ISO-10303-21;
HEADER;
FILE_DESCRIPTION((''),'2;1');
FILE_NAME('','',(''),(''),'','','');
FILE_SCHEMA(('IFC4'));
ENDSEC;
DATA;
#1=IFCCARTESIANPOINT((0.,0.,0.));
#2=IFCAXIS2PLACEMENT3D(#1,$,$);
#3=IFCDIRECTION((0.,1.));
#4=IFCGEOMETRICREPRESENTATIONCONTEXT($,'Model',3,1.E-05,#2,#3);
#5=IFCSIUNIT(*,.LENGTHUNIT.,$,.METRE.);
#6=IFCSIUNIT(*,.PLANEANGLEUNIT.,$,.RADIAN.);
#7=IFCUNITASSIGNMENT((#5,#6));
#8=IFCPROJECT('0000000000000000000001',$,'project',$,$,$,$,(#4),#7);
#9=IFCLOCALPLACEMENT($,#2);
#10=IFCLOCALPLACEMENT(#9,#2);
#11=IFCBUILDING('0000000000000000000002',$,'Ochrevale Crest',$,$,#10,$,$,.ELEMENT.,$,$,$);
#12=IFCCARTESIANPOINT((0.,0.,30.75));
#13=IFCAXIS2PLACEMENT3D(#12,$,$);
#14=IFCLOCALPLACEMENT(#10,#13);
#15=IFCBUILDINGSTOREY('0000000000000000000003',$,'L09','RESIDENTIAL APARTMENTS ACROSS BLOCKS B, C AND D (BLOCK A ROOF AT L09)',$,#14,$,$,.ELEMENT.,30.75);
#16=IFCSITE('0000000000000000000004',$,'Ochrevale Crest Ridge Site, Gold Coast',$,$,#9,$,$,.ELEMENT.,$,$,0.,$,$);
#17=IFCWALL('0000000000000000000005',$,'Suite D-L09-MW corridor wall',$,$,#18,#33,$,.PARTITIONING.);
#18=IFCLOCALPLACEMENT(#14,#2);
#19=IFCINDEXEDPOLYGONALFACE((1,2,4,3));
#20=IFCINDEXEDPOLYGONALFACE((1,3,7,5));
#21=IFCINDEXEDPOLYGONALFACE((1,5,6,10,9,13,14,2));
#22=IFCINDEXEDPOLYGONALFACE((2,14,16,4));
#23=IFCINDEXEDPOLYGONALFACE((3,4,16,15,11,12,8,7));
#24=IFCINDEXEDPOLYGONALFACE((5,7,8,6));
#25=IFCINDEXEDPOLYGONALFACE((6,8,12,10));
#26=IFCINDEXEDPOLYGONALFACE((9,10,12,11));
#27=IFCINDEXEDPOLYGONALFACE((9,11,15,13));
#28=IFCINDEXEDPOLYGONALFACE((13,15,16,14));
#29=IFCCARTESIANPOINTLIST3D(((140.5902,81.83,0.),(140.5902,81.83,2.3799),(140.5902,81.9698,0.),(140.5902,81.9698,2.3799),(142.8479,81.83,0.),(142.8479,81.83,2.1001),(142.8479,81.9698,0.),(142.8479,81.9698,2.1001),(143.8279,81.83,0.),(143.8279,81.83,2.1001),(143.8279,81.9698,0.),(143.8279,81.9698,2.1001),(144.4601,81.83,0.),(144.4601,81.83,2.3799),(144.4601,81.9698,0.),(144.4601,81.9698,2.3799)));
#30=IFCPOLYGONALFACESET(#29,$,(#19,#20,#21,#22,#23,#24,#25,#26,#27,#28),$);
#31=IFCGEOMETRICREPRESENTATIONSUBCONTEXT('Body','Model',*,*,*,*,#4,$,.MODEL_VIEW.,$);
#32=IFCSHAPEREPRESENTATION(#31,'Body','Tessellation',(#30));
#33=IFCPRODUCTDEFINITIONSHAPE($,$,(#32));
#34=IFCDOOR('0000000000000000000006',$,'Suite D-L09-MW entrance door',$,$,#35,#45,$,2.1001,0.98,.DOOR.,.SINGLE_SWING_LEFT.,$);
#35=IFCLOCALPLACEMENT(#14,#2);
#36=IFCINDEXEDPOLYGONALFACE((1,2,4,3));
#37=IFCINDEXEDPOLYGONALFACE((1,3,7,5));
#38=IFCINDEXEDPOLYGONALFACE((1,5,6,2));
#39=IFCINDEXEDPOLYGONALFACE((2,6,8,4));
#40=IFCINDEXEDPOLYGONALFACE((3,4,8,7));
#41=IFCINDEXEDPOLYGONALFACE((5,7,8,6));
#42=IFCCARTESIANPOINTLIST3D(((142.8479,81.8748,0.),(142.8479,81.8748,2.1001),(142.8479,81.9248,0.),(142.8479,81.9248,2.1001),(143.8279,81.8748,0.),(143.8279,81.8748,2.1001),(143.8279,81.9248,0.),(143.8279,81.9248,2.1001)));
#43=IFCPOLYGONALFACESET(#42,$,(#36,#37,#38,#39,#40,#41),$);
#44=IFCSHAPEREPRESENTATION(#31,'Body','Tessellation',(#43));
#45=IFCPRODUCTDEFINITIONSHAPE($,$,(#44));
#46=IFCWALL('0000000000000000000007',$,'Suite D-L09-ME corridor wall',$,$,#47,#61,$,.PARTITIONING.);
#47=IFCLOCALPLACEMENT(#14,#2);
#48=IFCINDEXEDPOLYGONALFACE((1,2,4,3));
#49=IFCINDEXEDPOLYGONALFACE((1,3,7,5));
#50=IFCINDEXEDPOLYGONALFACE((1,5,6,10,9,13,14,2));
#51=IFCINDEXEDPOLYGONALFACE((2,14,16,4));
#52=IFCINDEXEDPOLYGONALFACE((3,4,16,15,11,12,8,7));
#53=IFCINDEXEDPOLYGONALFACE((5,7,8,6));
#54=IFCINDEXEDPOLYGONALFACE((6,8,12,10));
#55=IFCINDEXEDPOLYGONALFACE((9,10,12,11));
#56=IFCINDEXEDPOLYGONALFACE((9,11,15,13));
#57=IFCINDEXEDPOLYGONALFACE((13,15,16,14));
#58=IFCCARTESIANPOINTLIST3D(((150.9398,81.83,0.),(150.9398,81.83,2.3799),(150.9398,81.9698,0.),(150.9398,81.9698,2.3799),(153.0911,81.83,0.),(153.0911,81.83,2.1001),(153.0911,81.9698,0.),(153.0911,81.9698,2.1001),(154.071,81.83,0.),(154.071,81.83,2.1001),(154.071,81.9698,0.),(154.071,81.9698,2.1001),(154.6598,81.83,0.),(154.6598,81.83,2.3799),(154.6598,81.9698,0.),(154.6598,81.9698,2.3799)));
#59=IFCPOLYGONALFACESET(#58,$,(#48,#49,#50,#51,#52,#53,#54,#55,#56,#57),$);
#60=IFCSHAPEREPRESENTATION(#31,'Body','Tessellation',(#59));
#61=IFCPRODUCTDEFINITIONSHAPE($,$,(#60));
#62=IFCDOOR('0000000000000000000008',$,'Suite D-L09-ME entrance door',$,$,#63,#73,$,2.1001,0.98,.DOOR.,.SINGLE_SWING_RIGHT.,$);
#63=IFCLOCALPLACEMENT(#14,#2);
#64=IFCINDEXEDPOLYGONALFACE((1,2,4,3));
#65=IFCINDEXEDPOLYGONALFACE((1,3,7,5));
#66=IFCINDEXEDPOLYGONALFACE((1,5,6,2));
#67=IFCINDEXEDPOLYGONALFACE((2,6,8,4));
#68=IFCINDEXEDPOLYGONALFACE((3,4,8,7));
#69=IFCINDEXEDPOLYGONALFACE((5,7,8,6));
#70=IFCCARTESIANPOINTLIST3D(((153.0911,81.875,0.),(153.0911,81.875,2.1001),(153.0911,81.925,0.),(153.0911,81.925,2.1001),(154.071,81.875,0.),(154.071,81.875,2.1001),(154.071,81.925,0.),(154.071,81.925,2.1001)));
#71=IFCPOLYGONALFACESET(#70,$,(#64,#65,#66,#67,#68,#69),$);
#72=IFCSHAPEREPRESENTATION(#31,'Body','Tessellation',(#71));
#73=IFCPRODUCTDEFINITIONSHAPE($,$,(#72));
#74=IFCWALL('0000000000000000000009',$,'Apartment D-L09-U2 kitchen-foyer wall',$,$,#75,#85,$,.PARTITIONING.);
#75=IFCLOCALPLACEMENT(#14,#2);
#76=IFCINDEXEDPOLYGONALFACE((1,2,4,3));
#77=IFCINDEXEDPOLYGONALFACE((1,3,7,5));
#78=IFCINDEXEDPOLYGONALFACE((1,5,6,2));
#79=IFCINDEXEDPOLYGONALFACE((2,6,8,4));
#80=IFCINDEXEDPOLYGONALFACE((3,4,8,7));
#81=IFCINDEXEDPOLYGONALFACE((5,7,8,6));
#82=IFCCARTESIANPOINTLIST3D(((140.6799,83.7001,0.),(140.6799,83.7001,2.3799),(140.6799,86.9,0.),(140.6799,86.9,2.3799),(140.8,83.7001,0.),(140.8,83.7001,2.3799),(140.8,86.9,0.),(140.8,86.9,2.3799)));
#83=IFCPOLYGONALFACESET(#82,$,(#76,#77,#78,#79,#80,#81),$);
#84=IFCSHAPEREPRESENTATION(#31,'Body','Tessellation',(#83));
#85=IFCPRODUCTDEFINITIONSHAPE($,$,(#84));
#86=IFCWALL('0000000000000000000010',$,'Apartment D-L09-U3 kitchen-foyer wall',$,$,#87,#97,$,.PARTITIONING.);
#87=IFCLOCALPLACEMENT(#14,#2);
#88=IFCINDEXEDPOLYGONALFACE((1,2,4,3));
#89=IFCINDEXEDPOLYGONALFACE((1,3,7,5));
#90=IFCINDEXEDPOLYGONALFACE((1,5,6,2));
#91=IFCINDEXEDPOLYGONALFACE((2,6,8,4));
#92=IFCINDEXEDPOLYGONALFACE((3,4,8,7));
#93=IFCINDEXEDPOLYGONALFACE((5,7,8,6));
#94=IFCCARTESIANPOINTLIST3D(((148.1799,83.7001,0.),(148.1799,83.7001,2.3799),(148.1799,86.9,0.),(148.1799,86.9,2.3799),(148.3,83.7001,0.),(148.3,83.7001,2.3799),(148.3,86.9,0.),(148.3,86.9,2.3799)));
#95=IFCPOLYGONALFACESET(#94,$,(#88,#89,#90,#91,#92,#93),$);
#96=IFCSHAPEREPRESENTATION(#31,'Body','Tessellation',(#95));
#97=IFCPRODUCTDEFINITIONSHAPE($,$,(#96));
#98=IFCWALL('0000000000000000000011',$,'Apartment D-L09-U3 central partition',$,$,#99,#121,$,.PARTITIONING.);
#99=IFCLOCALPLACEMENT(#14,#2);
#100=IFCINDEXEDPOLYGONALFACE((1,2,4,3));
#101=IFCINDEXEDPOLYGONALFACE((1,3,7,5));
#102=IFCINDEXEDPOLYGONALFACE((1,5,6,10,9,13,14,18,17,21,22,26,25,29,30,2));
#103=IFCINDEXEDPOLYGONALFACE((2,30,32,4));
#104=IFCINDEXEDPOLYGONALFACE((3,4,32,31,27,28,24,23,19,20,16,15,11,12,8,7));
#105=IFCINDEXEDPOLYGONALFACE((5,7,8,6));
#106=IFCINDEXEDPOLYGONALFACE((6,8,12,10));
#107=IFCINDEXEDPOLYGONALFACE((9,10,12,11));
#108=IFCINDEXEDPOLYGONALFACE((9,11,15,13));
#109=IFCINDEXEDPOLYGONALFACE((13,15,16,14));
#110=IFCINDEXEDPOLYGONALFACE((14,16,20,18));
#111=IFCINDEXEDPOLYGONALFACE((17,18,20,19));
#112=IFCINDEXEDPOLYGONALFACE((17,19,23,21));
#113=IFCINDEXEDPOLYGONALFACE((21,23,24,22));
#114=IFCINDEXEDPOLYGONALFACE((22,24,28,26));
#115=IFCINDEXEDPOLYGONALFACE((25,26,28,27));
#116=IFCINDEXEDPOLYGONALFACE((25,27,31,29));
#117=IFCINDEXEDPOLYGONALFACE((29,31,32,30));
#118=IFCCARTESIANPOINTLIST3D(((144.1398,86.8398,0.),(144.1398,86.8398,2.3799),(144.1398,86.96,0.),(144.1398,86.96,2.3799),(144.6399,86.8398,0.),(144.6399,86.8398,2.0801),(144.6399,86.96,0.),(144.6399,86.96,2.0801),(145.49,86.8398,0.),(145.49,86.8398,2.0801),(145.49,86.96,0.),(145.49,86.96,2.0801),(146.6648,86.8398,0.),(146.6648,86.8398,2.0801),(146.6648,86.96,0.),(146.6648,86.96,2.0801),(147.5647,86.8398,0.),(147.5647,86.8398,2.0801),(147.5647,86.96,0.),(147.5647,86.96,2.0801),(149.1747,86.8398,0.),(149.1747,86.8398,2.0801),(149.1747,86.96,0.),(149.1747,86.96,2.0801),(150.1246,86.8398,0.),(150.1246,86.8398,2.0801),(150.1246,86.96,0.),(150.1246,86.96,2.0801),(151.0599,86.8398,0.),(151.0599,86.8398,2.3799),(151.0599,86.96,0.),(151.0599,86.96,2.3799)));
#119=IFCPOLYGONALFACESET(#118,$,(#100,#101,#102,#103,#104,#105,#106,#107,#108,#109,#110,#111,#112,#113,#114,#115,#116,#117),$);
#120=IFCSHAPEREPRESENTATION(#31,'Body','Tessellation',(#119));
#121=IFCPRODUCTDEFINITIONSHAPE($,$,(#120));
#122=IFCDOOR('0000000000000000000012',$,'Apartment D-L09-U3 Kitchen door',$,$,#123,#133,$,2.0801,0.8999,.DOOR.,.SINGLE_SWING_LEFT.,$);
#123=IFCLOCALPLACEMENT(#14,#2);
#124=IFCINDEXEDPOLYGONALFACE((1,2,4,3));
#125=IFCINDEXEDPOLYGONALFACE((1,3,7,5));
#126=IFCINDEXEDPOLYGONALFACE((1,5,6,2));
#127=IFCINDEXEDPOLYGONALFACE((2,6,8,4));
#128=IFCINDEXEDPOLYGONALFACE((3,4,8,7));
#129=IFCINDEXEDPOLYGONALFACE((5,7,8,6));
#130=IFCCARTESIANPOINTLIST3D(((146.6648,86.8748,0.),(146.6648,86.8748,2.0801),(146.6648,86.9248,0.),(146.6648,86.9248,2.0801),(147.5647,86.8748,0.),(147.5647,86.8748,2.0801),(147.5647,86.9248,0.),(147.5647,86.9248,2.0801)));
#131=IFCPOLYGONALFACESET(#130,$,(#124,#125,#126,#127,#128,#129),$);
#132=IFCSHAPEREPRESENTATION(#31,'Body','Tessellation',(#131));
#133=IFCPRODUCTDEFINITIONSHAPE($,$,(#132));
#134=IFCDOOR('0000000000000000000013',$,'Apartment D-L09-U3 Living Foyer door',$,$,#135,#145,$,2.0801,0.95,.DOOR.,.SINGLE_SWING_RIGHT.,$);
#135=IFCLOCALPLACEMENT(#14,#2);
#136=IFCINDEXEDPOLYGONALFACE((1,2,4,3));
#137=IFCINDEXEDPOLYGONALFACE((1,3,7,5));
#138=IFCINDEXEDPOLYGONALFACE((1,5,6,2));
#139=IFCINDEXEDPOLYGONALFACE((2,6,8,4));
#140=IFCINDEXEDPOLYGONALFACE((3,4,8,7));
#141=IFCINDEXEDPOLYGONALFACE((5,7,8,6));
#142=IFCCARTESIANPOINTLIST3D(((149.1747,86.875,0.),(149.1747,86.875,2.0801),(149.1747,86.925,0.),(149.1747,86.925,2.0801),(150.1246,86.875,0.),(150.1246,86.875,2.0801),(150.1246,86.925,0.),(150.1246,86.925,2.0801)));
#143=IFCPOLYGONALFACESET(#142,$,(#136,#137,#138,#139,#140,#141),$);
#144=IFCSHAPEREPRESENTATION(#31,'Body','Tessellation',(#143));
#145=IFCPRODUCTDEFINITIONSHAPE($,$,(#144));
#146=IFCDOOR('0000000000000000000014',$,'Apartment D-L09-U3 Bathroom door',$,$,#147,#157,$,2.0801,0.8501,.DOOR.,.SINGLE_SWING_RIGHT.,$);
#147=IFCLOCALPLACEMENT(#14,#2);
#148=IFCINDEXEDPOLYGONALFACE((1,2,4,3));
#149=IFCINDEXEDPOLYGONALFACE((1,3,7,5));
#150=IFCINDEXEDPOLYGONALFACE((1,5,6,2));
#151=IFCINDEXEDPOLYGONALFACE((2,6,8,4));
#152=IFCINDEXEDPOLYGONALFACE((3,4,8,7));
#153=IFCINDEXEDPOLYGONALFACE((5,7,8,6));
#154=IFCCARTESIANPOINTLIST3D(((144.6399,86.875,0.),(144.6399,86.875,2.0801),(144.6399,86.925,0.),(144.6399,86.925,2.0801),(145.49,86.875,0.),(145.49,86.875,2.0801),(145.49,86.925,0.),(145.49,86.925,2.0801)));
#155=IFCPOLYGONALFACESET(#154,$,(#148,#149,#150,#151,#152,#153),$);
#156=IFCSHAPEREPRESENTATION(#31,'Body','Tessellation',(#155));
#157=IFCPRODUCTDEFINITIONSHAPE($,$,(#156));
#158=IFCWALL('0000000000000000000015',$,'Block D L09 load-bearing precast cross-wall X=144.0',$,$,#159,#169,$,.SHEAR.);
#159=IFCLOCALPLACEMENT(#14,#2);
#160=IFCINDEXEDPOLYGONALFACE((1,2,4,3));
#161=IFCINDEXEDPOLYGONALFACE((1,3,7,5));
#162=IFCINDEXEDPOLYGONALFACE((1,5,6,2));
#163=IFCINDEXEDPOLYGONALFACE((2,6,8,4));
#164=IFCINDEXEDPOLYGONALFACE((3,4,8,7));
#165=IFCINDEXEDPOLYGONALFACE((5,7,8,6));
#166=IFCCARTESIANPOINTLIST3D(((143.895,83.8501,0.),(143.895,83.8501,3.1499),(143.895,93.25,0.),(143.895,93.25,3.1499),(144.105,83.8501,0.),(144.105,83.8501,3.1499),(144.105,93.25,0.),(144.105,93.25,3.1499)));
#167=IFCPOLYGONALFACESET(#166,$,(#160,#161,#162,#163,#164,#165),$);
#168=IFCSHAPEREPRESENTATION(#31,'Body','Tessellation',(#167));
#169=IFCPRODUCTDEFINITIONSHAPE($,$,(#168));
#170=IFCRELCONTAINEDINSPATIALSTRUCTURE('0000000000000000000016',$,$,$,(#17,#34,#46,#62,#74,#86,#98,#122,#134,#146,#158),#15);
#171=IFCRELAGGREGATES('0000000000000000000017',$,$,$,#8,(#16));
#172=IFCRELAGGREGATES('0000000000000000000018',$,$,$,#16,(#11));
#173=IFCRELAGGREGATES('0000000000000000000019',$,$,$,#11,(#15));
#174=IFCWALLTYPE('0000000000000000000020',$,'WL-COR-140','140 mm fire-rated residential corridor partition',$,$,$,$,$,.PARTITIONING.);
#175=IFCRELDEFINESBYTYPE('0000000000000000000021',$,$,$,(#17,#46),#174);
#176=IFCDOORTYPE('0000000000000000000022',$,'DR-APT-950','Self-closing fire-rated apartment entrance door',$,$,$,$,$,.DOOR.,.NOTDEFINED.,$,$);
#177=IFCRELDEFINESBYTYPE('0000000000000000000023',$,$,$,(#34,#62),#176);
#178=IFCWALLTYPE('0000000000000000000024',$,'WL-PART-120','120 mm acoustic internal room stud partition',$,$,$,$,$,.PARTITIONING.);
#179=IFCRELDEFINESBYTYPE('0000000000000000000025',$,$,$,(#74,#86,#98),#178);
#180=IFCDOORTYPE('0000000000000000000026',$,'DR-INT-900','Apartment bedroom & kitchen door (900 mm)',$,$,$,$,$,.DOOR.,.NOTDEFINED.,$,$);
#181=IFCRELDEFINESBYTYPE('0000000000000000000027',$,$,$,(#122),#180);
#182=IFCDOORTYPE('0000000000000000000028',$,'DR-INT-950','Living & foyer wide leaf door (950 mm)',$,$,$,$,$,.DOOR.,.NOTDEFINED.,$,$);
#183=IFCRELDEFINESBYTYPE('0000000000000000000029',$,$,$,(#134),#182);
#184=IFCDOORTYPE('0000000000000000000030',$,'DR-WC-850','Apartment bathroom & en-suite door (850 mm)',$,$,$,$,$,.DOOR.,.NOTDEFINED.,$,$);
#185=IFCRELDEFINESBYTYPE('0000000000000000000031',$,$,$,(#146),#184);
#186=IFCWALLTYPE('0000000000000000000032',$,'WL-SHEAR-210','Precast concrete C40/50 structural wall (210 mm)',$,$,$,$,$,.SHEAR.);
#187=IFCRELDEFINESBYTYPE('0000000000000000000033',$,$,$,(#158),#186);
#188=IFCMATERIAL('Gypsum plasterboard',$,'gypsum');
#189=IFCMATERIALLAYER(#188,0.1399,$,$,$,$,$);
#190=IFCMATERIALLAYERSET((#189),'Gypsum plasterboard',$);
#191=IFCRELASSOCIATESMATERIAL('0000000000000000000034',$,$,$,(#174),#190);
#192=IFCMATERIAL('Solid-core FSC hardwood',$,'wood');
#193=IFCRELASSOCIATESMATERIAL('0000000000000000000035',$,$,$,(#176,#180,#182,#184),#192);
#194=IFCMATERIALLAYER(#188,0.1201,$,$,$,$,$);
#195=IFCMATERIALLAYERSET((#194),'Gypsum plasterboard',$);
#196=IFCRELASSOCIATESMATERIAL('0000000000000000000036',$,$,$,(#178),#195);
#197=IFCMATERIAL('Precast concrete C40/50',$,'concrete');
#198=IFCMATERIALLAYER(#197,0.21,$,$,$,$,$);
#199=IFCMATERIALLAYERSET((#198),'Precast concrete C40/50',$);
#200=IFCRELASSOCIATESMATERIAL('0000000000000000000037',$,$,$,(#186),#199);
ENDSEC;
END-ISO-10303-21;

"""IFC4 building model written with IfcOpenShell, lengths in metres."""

from ifc_helpers import new_model, si_unit, direction, frame, frame_2d, origin, place, context, subcontext, project, spatial, rectangle, extrude, material, layer, layer_set, type_object, element, fill, save


model = new_model("IFC4")

# Units and contexts
model_context = context("Model", 3, precision=1e-05, world=origin(), true_north=direction((0.0, 1.0)))
body_context = subcontext(model_context, "Body", "Model", "MODEL_VIEW")
ifc_project = project(units=[si_unit("LENGTHUNIT", "METRE"), si_unit("PLANEANGLEUNIT", "RADIAN")], contexts=[model_context])

# Site, building, storey
site_placement = place(None, origin())
site = spatial("IfcSite", under=ifc_project, at=site_placement, Name="Ochrevale Crest Ridge Site, Gold Coast", CompositionType="ELEMENT", RefElevation=0.0)
building_placement = place(site_placement, origin())
building = spatial("IfcBuilding", under=site, at=building_placement, Name="Ochrevale Crest", CompositionType="ELEMENT")
storey_placement = place(building_placement, frame((0.0, 0.0, 30.75)))
storey = spatial("IfcBuildingStorey", under=building, at=storey_placement, Name="L09", Description="RESIDENTIAL APARTMENTS ACROSS BLOCKS B, C AND D (BLOCK A ROOF AT L09)", CompositionType="ELEMENT", Elevation=30.75)

# Walls, openings, doors
ifc_material_1 = material(Name="Gypsum plasterboard", Category="gypsum")
ifc_layer_1 = layer(ifc_material_1, 0.1399)
ifc_layer_set_1 = layer_set([ifc_layer_1], Name="Gypsum plasterboard")
wall_type_1 = type_object("IfcWallType", Name="WL-COR-140", Description="140 mm fire-rated residential corridor partition", PredefinedType="PARTITIONING", material=ifc_layer_set_1)
ifc_material_2 = material(Name="Solid-core FSC hardwood", Category="wood")
door_type_1 = type_object("IfcDoorType", Name="DR-APT-950", Description="Self-closing fire-rated apartment entrance door", OperationType="NOTDEFINED", PredefinedType="DOOR", material=ifc_material_2)
wall_1_placement = place(storey_placement, frame((140.5901, 81.8999, 0.0), z_axis=(0.0, 0.0, 1.0), x_axis=(1.0, 0.0, 0.0)))
wall_1 = element("IfcWall", 1, at=wall_1_placement, inside=storey, type_object=wall_type_1, Name="Suite D-L09-MW corridor wall", PredefinedType="PARTITIONING", context=body_context, shape_type="SweptSolid", body=[
    extrude(rectangle(XDim=3.8699, YDim=0.1399, at=frame_2d((1.9351, 0.0))), origin(), (0.0, 0.0, 1.0), 2.3799),
])
opening_1_placement = place(wall_1_placement, frame((2.2578, 0.0, 0.0)))
opening_1 = element("IfcOpeningElement", 2, at=opening_1_placement, cuts=wall_1, PredefinedType="OPENING", context=body_context, shape_type="SweptSolid", body=[
    extrude(rectangle(XDim=0.98, YDim=2.1001, at=frame_2d((0.49, 1.05))), frame((0.0, 0.0801, 0.0), z_axis=(0.0, -1.0, 0.0), x_axis=(1.0, 0.0, 0.0)), (0.0, 0.0, 1.0), 0.1599),
])
door_1_placement = place(opening_1_placement, origin())
door_1 = element("IfcDoor", 3, at=door_1_placement, inside=storey, type_object=door_type_1, Name="Suite D-L09-MW entrance door", OperationType="SINGLE_SWING_LEFT", OverallHeight=2.1001, OverallWidth=0.98, PredefinedType="DOOR", context=body_context, shape_type="SweptSolid", body=[
    extrude(rectangle(XDim=0.98, YDim=2.1001, at=frame_2d((0.49, 1.05))), frame((0.0, 0.0249, 0.0), z_axis=(0.0, -1.0, 0.0), x_axis=(1.0, 0.0, 0.0)), (0.0, 0.0, 1.0), 0.05),
])
fill(opening_1, door_1)
wall_2_placement = place(storey_placement, frame((150.9399, 81.8999, 0.0), z_axis=(0.0, 0.0, 1.0), x_axis=(1.0, 0.0, 0.0)))
wall_2 = element("IfcWall", 4, at=wall_2_placement, inside=storey, type_object=wall_type_1, Name="Suite D-L09-ME corridor wall", PredefinedType="PARTITIONING", context=body_context, shape_type="SweptSolid", body=[
    extrude(rectangle(XDim=3.72, YDim=0.1399, at=frame_2d((1.8599, 0.0))), origin(), (0.0, 0.0, 1.0), 2.3799),
])
opening_2_placement = place(wall_2_placement, frame((3.1311, 0.0, 0.0), z_axis=(0.0, 0.0, 1.0), x_axis=(-1.0, 0.0, 0.0)))
opening_2 = element("IfcOpeningElement", 5, at=opening_2_placement, cuts=wall_2, PredefinedType="OPENING", context=body_context, shape_type="SweptSolid", body=[
    extrude(rectangle(XDim=0.98, YDim=2.1001, at=frame_2d((0.49, 1.05))), frame((0.0, 0.0801, 0.0), z_axis=(0.0, -1.0, 0.0), x_axis=(1.0, 0.0, 0.0)), (0.0, 0.0, 1.0), 0.1599),
])
door_2_placement = place(opening_2_placement, origin())
door_2 = element("IfcDoor", 6, at=door_2_placement, inside=storey, type_object=door_type_1, Name="Suite D-L09-ME entrance door", OperationType="SINGLE_SWING_RIGHT", OverallHeight=2.1001, OverallWidth=0.98, PredefinedType="DOOR", context=body_context, shape_type="SweptSolid", body=[
    extrude(rectangle(XDim=0.98, YDim=2.1001, at=frame_2d((0.49, 1.05))), frame((0.0, 0.0249, 0.0), z_axis=(0.0, -1.0, 0.0), x_axis=(1.0, 0.0, 0.0)), (0.0, 0.0, 1.0), 0.05),
])
fill(opening_2, door_2)

# Walls
ifc_layer_2 = layer(ifc_material_1, 0.1201)
ifc_layer_set_2 = layer_set([ifc_layer_2], Name="Gypsum plasterboard")
wall_type_2 = type_object("IfcWallType", Name="WL-PART-120", Description="120 mm acoustic internal room stud partition", PredefinedType="PARTITIONING", material=ifc_layer_set_2)
for number, where, z_axis, x_axis, name in (
    (7, (140.74, 83.7, 0.0), (0.0, 0.0, 1.0), (0.0, 1.0, 0.0), "Apartment D-L09-U2 kitchen-foyer wall"),
    (8, (148.24, 83.7, 0.0), (0.0, 0.0, 1.0), (0.0, 1.0, 0.0), "Apartment D-L09-U3 kitchen-foyer wall"),
):
    element("IfcWall", number, at=place(storey_placement, frame(where, z_axis=z_axis, x_axis=x_axis)), inside=storey, type_object=wall_type_2, Name=name, PredefinedType="PARTITIONING", context=body_context, shape_type="SweptSolid", body=[
        extrude(rectangle(XDim=3.2, YDim=0.1201, at=frame_2d((1.6001, 0.0))), origin(), (0.0, 0.0, 1.0), 2.3799),
    ])

# Wall, openings, doors
wall_3_placement = place(storey_placement, frame((144.1399, 86.8999, 0.0), z_axis=(0.0, 0.0, 1.0), x_axis=(1.0, 0.0, 0.0)))
wall_3 = element("IfcWall", 9, at=wall_3_placement, inside=storey, type_object=wall_type_2, Name="Apartment D-L09-U3 central partition", PredefinedType="PARTITIONING", context=body_context, shape_type="SweptSolid", body=[
    extrude(rectangle(XDim=6.9202, YDim=0.1201, at=frame_2d((3.46, 0.0))), origin(), (0.0, 0.0, 1.0), 2.3799),
])
opening_3_placement = place(wall_3_placement, frame((1.3501, 0.0, 0.0), z_axis=(0.0, 0.0, 1.0), x_axis=(-1.0, 0.0, 0.0)))
opening_3 = element("IfcOpeningElement", 10, at=opening_3_placement, cuts=wall_3, PredefinedType="OPENING", context=body_context, shape_type="SweptSolid", body=[
    extrude(rectangle(XDim=0.8501, YDim=2.0801, at=frame_2d((0.425, 1.04))), frame((0.0, 0.0701, 0.0), z_axis=(0.0, -1.0, 0.0), x_axis=(1.0, 0.0, 0.0)), (0.0, 0.0, 1.0), 0.1401),
])
opening_4_placement = place(wall_3_placement, frame((2.5249, 0.0, 0.0)))
opening_4 = element("IfcOpeningElement", 11, at=opening_4_placement, cuts=wall_3, PredefinedType="OPENING", context=body_context, shape_type="SweptSolid", body=[
    extrude(rectangle(XDim=0.8999, YDim=2.0801, at=frame_2d((0.45, 1.04))), frame((0.0, 0.0701, 0.0), z_axis=(0.0, -1.0, 0.0), x_axis=(1.0, 0.0, 0.0)), (0.0, 0.0, 1.0), 0.1401),
])
opening_5_placement = place(wall_3_placement, frame((5.9849, 0.0, 0.0), z_axis=(0.0, 0.0, 1.0), x_axis=(-1.0, 0.0, 0.0)))
opening_5 = element("IfcOpeningElement", 12, at=opening_5_placement, cuts=wall_3, PredefinedType="OPENING", context=body_context, shape_type="SweptSolid", body=[
    extrude(rectangle(XDim=0.95, YDim=2.0801, at=frame_2d((0.4751, 1.04))), frame((0.0, 0.0701, 0.0), z_axis=(0.0, -1.0, 0.0), x_axis=(1.0, 0.0, 0.0)), (0.0, 0.0, 1.0), 0.1401),
])
door_type_2 = type_object("IfcDoorType", Name="DR-INT-900", Description="Apartment bedroom & kitchen door (900 mm)", OperationType="NOTDEFINED", PredefinedType="DOOR", material=ifc_material_2)
door_3_placement = place(opening_4_placement, origin())
door_3 = element("IfcDoor", 13, at=door_3_placement, inside=storey, type_object=door_type_2, Name="Apartment D-L09-U3 Kitchen door", OperationType="SINGLE_SWING_LEFT", OverallHeight=2.0801, OverallWidth=0.8999, PredefinedType="DOOR", context=body_context, shape_type="SweptSolid", body=[
    extrude(rectangle(XDim=0.8999, YDim=2.0801, at=frame_2d((0.45, 1.04))), frame((0.0, 0.0249, 0.0), z_axis=(0.0, -1.0, 0.0), x_axis=(1.0, 0.0, 0.0)), (0.0, 0.0, 1.0), 0.05),
])
fill(opening_4, door_3)
door_type_3 = type_object("IfcDoorType", Name="DR-INT-950", Description="Living & foyer wide leaf door (950 mm)", OperationType="NOTDEFINED", PredefinedType="DOOR", material=ifc_material_2)
door_4_placement = place(opening_5_placement, origin())
door_4 = element("IfcDoor", 14, at=door_4_placement, inside=storey, type_object=door_type_3, Name="Apartment D-L09-U3 Living Foyer door", OperationType="SINGLE_SWING_RIGHT", OverallHeight=2.0801, OverallWidth=0.95, PredefinedType="DOOR", context=body_context, shape_type="SweptSolid", body=[
    extrude(rectangle(XDim=0.95, YDim=2.0801, at=frame_2d((0.4751, 1.04))), frame((0.0, 0.0249, 0.0), z_axis=(0.0, -1.0, 0.0), x_axis=(1.0, 0.0, 0.0)), (0.0, 0.0, 1.0), 0.05),
])
fill(opening_5, door_4)
door_type_4 = type_object("IfcDoorType", Name="DR-WC-850", Description="Apartment bathroom & en-suite door (850 mm)", OperationType="NOTDEFINED", PredefinedType="DOOR", material=ifc_material_2)
door_5_placement = place(opening_3_placement, origin())
door_5 = element("IfcDoor", 15, at=door_5_placement, inside=storey, type_object=door_type_4, Name="Apartment D-L09-U3 Bathroom door", OperationType="SINGLE_SWING_RIGHT", OverallHeight=2.0801, OverallWidth=0.8501, PredefinedType="DOOR", context=body_context, shape_type="SweptSolid", body=[
    extrude(rectangle(XDim=0.8501, YDim=2.0801, at=frame_2d((0.425, 1.04))), frame((0.0, 0.0249, 0.0), z_axis=(0.0, -1.0, 0.0), x_axis=(1.0, 0.0, 0.0)), (0.0, 0.0, 1.0), 0.05),
])
fill(opening_3, door_5)

# Wall
ifc_material_3 = material(Name="Precast concrete C40/50", Category="concrete")
ifc_layer_3 = layer(ifc_material_3, 0.21)
ifc_layer_set_3 = layer_set([ifc_layer_3], Name="Precast concrete C40/50")
wall_type_3 = type_object("IfcWallType", Name="WL-SHEAR-210", Description="Precast concrete C40/50 structural wall (210 mm)", PredefinedType="SHEAR", material=ifc_layer_set_3)
for number, where, z_axis, x_axis, name in (
    (16, (144.0, 83.8501, 0.0), (0.0, 0.0, 1.0), (0.0, 1.0, 0.0), "Block D L09 load-bearing precast cross-wall X=144.0"),
):
    element("IfcWall", number, at=place(storey_placement, frame(where, z_axis=z_axis, x_axis=x_axis)), inside=storey, type_object=wall_type_3, Name=name, PredefinedType="SHEAR", context=body_context, shape_type="SweptSolid", body=[
        extrude(rectangle(XDim=9.3999, YDim=0.21, at=frame_2d((4.7, 0.0))), origin(), (0.0, 0.0, 1.0), 3.1499),
    ])

save(model, "model.ifc")
